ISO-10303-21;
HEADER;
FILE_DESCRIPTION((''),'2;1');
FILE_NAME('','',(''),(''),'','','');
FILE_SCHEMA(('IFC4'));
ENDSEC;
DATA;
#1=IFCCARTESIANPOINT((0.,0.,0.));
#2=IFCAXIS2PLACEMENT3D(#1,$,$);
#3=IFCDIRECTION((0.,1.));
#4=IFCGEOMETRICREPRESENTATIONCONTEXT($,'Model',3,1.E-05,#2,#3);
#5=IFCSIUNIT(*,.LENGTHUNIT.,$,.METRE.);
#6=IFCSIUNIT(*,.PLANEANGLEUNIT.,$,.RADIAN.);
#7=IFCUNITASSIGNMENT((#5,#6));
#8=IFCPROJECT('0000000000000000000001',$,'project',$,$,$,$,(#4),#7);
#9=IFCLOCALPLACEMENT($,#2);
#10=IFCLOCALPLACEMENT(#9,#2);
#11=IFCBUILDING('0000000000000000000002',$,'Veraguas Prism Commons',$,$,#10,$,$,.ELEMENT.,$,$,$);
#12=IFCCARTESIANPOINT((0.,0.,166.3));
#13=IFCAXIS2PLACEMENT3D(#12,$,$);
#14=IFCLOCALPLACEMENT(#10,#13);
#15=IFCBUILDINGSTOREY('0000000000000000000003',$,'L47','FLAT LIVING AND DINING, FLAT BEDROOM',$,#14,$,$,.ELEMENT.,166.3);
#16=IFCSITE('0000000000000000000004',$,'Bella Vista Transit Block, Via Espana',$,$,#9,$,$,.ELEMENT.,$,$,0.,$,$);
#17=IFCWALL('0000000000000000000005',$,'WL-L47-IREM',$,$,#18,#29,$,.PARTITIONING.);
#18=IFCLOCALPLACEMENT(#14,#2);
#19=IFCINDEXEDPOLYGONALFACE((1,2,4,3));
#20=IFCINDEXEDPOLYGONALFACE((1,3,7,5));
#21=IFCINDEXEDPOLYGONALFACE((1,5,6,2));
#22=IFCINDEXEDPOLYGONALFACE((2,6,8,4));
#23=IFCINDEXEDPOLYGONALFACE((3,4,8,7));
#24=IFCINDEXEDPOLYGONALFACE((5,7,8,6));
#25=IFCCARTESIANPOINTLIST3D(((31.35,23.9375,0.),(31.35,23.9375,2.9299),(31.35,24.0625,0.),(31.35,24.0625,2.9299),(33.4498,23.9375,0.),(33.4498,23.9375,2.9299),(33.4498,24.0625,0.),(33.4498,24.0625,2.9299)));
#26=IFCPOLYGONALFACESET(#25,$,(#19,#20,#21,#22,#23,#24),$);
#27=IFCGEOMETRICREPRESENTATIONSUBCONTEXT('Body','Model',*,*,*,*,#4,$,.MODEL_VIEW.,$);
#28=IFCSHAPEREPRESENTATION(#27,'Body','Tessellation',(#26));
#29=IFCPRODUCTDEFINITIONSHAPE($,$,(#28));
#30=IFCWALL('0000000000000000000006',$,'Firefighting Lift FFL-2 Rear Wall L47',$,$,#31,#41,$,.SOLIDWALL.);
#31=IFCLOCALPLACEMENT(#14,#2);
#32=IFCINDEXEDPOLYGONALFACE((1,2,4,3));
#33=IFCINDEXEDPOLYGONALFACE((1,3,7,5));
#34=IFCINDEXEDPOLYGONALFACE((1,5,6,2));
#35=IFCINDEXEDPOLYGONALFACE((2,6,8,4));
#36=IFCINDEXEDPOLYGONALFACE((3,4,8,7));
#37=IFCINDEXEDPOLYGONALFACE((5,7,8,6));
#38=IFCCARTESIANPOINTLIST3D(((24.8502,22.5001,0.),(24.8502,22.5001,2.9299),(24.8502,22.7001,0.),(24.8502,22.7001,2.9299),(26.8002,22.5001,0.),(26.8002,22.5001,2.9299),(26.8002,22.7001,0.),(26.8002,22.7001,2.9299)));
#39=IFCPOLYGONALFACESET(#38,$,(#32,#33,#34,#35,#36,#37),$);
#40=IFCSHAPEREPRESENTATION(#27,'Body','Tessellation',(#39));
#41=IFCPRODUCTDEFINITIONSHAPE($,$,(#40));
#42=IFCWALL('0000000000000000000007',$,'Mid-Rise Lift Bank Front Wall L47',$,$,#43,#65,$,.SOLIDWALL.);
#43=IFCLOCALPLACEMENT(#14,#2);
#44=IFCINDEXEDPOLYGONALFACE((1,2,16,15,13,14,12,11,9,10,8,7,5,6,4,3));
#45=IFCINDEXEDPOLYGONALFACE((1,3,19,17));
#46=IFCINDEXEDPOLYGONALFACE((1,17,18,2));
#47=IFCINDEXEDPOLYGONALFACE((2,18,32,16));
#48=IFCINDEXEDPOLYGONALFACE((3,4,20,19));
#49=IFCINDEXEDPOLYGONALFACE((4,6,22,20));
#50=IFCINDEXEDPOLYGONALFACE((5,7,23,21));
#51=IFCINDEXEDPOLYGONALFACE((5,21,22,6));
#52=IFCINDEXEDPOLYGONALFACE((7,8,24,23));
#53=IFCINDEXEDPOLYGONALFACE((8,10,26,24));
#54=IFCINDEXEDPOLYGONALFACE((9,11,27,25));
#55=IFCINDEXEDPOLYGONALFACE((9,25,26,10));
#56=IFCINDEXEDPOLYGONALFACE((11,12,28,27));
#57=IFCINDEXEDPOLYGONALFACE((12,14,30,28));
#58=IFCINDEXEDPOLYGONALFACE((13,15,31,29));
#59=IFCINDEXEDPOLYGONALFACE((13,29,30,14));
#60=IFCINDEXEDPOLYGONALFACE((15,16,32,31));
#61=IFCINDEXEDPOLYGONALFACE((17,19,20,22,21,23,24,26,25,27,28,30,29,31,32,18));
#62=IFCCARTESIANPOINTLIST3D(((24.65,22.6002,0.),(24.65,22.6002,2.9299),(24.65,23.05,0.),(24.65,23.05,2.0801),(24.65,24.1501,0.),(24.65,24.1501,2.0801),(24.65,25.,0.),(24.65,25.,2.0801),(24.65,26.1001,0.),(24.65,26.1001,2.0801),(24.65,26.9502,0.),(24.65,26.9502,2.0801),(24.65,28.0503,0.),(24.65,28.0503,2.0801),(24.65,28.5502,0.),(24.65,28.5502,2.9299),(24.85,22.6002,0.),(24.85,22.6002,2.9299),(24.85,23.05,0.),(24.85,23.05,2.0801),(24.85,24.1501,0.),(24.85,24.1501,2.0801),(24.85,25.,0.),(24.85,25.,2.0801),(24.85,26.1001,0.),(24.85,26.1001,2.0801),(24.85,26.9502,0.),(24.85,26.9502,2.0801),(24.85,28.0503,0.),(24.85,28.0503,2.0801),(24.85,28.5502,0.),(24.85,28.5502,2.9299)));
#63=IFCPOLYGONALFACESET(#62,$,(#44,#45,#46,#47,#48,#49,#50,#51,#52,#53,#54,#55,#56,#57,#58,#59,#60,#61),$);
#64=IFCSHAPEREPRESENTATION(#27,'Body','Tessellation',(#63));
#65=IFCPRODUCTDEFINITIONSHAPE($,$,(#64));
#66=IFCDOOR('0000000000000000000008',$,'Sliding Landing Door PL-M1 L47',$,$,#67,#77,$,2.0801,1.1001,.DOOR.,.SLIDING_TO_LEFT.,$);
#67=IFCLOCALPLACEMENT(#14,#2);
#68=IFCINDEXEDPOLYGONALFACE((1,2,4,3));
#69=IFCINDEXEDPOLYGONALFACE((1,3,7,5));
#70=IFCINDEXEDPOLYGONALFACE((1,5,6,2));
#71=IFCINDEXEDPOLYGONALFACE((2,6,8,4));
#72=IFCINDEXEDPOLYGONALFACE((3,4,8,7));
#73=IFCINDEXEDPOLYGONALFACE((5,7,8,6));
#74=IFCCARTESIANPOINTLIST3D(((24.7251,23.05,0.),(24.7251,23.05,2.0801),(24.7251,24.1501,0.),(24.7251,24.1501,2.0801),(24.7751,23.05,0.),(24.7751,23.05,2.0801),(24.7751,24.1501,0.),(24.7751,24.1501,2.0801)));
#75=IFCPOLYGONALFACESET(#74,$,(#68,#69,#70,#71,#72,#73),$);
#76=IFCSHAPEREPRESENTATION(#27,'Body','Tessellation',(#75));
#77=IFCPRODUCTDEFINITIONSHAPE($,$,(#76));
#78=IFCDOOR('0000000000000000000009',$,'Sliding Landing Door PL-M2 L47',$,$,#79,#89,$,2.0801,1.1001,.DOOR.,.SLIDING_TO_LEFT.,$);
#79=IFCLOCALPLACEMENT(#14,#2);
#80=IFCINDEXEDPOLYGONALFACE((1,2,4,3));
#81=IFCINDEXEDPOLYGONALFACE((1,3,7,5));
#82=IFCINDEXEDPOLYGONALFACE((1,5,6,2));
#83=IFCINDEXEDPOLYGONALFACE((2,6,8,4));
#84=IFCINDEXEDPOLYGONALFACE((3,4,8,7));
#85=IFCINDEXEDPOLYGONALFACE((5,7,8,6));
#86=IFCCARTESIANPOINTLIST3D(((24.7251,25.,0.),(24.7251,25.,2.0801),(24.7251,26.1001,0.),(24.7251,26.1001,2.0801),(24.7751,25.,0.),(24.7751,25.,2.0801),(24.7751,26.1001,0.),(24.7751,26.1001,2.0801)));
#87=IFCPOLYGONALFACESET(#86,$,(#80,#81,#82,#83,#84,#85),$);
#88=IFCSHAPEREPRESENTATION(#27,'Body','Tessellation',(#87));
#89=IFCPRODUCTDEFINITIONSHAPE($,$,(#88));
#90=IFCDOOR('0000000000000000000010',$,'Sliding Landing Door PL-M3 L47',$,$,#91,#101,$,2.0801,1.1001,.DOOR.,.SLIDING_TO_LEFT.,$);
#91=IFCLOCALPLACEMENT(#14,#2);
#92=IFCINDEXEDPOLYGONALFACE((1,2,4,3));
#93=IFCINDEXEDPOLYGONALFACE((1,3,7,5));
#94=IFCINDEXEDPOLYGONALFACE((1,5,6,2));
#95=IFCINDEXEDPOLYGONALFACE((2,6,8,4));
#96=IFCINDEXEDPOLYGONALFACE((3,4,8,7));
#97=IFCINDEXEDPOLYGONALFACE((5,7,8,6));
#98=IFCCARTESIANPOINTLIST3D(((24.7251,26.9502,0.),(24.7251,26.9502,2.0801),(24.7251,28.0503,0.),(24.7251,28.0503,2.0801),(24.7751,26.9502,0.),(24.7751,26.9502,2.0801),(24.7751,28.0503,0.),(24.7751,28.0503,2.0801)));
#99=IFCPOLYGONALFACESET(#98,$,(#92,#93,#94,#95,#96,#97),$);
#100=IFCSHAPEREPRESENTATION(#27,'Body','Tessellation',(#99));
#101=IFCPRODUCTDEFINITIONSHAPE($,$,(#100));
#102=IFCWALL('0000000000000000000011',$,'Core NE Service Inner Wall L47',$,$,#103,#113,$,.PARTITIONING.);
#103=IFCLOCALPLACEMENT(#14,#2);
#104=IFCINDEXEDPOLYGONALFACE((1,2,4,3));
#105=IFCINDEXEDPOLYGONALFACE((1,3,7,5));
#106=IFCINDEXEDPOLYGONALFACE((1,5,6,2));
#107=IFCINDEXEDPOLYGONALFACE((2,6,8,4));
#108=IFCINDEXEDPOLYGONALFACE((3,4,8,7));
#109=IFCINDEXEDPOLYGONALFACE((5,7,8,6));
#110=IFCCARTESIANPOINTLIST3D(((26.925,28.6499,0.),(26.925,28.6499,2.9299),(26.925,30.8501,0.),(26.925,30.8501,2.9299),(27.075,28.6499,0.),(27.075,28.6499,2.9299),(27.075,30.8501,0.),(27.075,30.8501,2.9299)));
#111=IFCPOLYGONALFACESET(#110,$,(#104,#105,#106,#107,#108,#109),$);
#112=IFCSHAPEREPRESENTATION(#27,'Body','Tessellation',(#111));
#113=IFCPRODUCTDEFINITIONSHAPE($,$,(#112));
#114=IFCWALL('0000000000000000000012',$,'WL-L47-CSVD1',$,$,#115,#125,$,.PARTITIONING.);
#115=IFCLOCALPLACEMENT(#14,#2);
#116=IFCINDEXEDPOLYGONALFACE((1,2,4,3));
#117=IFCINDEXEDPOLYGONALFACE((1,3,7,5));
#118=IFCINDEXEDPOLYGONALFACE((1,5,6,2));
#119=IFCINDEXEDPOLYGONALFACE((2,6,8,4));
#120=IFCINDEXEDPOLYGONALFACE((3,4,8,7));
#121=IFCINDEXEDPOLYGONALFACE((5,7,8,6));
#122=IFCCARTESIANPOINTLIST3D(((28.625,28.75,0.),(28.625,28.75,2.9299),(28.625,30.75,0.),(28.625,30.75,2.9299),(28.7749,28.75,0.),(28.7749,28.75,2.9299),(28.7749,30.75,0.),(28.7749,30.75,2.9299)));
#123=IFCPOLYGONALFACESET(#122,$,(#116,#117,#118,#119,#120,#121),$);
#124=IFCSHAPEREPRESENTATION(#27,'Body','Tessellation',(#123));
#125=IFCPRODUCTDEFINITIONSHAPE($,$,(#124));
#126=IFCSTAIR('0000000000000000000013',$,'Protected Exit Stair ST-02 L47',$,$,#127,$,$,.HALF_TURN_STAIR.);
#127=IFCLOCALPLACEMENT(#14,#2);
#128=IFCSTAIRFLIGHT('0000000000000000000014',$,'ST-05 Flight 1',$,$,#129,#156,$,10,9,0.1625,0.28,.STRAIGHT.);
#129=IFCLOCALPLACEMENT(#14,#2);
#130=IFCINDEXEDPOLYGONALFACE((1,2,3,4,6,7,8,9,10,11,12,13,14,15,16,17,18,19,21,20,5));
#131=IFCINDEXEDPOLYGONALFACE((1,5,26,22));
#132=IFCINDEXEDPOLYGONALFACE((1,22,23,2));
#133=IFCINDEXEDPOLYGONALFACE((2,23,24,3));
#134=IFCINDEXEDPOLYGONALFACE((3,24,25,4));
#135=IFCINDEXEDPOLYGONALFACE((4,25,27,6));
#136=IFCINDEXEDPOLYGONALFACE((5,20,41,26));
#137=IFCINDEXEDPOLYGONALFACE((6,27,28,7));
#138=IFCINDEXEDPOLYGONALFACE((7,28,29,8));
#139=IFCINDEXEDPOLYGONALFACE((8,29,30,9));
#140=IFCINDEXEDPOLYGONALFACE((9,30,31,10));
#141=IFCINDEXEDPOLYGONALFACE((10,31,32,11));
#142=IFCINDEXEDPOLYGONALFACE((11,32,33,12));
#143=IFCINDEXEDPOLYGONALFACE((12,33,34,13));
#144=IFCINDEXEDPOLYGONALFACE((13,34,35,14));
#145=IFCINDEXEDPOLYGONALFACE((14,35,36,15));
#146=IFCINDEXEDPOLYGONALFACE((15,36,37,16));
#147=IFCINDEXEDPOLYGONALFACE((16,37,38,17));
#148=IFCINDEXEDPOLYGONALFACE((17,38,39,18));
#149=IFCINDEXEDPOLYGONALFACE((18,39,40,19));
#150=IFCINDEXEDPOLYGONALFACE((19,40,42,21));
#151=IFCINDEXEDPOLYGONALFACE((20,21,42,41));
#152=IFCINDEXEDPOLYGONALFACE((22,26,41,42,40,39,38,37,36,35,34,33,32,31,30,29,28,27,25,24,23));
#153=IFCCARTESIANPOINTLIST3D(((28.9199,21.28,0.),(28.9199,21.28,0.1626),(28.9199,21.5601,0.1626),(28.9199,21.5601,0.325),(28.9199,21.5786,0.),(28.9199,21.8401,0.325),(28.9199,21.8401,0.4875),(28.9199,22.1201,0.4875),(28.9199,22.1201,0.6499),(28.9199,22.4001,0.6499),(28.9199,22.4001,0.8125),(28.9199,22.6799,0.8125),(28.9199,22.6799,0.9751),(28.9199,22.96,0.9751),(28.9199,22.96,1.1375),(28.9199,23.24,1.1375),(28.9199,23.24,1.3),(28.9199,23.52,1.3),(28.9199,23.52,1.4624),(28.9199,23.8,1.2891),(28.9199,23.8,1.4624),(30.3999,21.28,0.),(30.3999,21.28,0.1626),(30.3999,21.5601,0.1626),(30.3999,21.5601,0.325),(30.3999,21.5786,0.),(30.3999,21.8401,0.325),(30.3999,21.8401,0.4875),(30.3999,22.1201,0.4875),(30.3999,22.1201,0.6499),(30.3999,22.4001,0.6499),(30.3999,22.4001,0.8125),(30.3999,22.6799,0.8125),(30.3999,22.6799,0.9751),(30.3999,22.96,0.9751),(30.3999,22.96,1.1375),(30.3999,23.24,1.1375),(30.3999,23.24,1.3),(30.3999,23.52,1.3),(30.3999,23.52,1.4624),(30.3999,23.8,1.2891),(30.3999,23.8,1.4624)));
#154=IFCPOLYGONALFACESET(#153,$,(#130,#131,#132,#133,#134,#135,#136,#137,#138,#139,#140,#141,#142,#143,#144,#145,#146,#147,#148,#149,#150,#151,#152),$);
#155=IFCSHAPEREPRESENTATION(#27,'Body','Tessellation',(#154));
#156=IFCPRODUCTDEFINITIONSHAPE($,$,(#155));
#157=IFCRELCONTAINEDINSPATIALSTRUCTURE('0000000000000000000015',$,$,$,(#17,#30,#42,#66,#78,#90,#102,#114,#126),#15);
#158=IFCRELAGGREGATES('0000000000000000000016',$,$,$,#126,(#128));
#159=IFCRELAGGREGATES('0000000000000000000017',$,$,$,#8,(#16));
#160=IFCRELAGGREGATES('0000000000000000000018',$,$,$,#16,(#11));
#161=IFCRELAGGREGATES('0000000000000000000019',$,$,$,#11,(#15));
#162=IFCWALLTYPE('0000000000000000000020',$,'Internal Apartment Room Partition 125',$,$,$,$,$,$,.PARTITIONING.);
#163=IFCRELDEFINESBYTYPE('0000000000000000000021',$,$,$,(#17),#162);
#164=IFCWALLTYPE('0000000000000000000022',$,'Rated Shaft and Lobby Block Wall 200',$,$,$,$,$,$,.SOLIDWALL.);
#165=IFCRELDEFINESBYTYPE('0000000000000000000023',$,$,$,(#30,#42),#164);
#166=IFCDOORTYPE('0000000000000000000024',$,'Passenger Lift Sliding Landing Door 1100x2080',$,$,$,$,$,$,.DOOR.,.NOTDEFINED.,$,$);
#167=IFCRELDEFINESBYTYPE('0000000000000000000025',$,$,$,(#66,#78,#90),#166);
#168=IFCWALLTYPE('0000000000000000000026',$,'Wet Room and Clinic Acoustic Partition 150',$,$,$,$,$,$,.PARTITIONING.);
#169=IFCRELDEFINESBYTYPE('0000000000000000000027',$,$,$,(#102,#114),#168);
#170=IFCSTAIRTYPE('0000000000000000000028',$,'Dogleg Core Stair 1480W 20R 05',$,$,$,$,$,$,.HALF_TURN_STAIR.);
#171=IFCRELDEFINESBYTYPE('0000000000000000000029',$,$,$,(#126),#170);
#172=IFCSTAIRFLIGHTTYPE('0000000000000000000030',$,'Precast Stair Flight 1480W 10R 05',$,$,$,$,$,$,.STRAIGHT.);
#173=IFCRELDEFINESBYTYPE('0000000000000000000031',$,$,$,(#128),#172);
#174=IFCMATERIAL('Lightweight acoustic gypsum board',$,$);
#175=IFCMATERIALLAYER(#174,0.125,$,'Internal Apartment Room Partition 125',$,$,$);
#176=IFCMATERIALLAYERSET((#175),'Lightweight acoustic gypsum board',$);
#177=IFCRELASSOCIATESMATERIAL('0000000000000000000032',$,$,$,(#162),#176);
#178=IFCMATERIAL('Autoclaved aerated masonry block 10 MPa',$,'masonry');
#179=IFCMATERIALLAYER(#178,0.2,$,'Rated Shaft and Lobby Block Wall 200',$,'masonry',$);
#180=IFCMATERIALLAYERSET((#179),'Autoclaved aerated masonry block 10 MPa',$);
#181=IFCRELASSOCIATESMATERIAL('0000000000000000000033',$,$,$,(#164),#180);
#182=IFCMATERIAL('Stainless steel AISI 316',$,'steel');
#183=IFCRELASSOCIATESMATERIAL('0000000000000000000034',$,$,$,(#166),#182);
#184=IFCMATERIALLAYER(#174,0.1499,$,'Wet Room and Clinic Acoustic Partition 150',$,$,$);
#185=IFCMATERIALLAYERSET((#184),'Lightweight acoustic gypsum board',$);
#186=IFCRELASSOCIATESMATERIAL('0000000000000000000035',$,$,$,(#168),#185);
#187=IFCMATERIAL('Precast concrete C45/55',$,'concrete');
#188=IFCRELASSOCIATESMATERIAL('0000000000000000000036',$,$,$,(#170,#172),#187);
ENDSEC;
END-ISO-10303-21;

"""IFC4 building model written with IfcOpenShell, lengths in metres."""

from ifc_helpers import new_model, si_unit, direction, frame, frame_2d, origin, place, context, subcontext, project, spatial, polyline, rectangle, outline, extrude, source, transform, mapped, material, layer, layer_set, type_object, element, fill, aggregate, save


model = new_model("IFC4")

# Units and contexts
model_context = context("Model", 3, precision=1e-05, world=origin(), true_north=direction((0.0, 1.0)))
body_context = subcontext(model_context, "Body", "Model", "MODEL_VIEW")
ifc_project = project(units=[si_unit("LENGTHUNIT", "METRE"), si_unit("PLANEANGLEUNIT", "RADIAN")], contexts=[model_context])

# Site, building, storey
site_placement = place(None, origin())
site = spatial("IfcSite", under=ifc_project, at=site_placement, Name="Bella Vista Transit Block, Via Espana", CompositionType="ELEMENT", RefElevation=0.0)
building_placement = place(site_placement, origin())
building = spatial("IfcBuilding", under=site, at=building_placement, Name="Veraguas Prism Commons", CompositionType="ELEMENT")
storey_placement = place(building_placement, frame((0.0, 0.0, 166.3)))
storey = spatial("IfcBuildingStorey", under=building, at=storey_placement, Name="L47", Description="FLAT LIVING AND DINING, FLAT BEDROOM", CompositionType="ELEMENT", Elevation=166.3)

# Shared definitions
ifc_material_1 = material(Name="Autoclaved aerated masonry block 10 MPa", Category="masonry")

# Walls
ifc_material_2 = material(Name="Lightweight acoustic gypsum board")
ifc_layer_1 = layer(ifc_material_2, 0.125, Name="Internal Apartment Room Partition 125")
ifc_layer_set_1 = layer_set([ifc_layer_1], Name="Lightweight acoustic gypsum board")
wall_type_1 = type_object("IfcWallType", Name="Internal Apartment Room Partition 125", PredefinedType="PARTITIONING", material=ifc_layer_set_1)
wall_1_placement = place(storey_placement, frame((31.3501, 24.0, 0.0), z_axis=(0.0, 0.0, 1.0), x_axis=(1.0, 0.0, 0.0)))
element("IfcWall", 1, at=wall_1_placement, inside=storey, type_object=wall_type_1, Name="WL-L47-IREM", PredefinedType="PARTITIONING", context=body_context, shape_type="SweptSolid", body=[
    extrude(rectangle(XDim=2.0999, YDim=0.125, at=frame_2d((1.0498, 0.0))), origin(), (0.0, 0.0, 1.0), 2.9299),
])
ifc_layer_2 = layer(ifc_material_1, 0.2, Name="Rated Shaft and Lobby Block Wall 200", Category="masonry")
ifc_layer_set_2 = layer_set([ifc_layer_2], Name="Autoclaved aerated masonry block 10 MPa")
wall_type_2 = type_object("IfcWallType", Name="Rated Shaft and Lobby Block Wall 200", PredefinedType="SOLIDWALL", material=ifc_layer_set_2)
wall_2_placement = place(storey_placement, frame((24.8501, 22.6001, 0.0), z_axis=(0.0, 0.0, 1.0), x_axis=(1.0, 0.0, 0.0)))
element("IfcWall", 2, at=wall_2_placement, inside=storey, type_object=wall_type_2, Name="Firefighting Lift FFL-2 Rear Wall L47", PredefinedType="SOLIDWALL", context=body_context, shape_type="SweptSolid", body=[
    extrude(rectangle(XDim=1.95, YDim=0.2, at=frame_2d((0.9751, 0.0))), origin(), (0.0, 0.0, 1.0), 2.9299),
])

# Wall, openings, doors
wall_3_placement = place(storey_placement, frame((24.75, 22.6001, 0.0), z_axis=(0.0, 0.0, 1.0), x_axis=(0.0, 1.0, 0.0)))
wall_3 = element("IfcWall", 3, at=wall_3_placement, inside=storey, type_object=wall_type_2, Name="Mid-Rise Lift Bank Front Wall L47", PredefinedType="SOLIDWALL", context=body_context, shape_type="SweptSolid", body=[
    extrude(rectangle(XDim=5.95, YDim=0.2, at=frame_2d((2.9751, 0.0))), origin(), (0.0, 0.0, 1.0), 2.9299),
])
opening_1_placement = place(wall_3_placement, frame((0.45, 0.0, 0.0)))
opening_1 = element("IfcOpeningElement", 4, at=opening_1_placement, cuts=wall_3, PredefinedType="OPENING", context=body_context, shape_type="SweptSolid", body=[
    extrude(rectangle(XDim=1.1001, YDim=2.0801, at=frame_2d((0.55, 1.04))), frame((0.0, 0.1099, 0.0), z_axis=(0.0, -1.0, 0.0), x_axis=(1.0, 0.0, 0.0)), (0.0, 0.0, 1.0), 0.22),
])
opening_2_placement = place(wall_3_placement, frame((2.3999, 0.0, 0.0)))
opening_2 = element("IfcOpeningElement", 5, at=opening_2_placement, cuts=wall_3, PredefinedType="OPENING", context=body_context, shape_type="SweptSolid", body=[
    extrude(rectangle(XDim=1.1001, YDim=2.0801, at=frame_2d((0.55, 1.04))), frame((0.0, 0.1099, 0.0), z_axis=(0.0, -1.0, 0.0), x_axis=(1.0, 0.0, 0.0)), (0.0, 0.0, 1.0), 0.22),
])
opening_3_placement = place(wall_3_placement, frame((4.3501, 0.0, 0.0)))
opening_3 = element("IfcOpeningElement", 6, at=opening_3_placement, cuts=wall_3, PredefinedType="OPENING", context=body_context, shape_type="SweptSolid", body=[
    extrude(rectangle(XDim=1.1001, YDim=2.0801, at=frame_2d((0.55, 1.04))), frame((0.0, 0.1099, 0.0), z_axis=(0.0, -1.0, 0.0), x_axis=(1.0, 0.0, 0.0)), (0.0, 0.0, 1.0), 0.22),
])
ifc_material_3 = material(Name="Stainless steel AISI 316", Category="steel")
door_type_1 = type_object("IfcDoorType", Name="Passenger Lift Sliding Landing Door 1100x2080", OperationType="NOTDEFINED", PredefinedType="DOOR", material=ifc_material_3)
shared_shape_1 = source(origin(), body_context, "Body", "SweptSolid", [
    extrude(rectangle(XDim=1.1001, YDim=2.0801, at=frame_2d((0.55, 1.04))), frame((0.0, 0.0249, 0.0), z_axis=(0.0, -1.0, 0.0), x_axis=(1.0, 0.0, 0.0)), (0.0, 0.0, 1.0), 0.05),
])
door_1_placement = place(opening_1_placement, origin())
door_1 = element("IfcDoor", 7, at=door_1_placement, inside=storey, type_object=door_type_1, Name="Sliding Landing Door PL-M1 L47", OperationType="SLIDING_TO_LEFT", OverallHeight=2.0801, OverallWidth=1.1001, PredefinedType="DOOR", context=body_context, shape_type="MappedRepresentation", body=[
    mapped(shared_shape_1, transform((0.0, 0.0, 0.0), scale=1.0)),
])
fill(opening_1, door_1)
door_2_placement = place(opening_2_placement, origin())
door_2 = element("IfcDoor", 8, at=door_2_placement, inside=storey, type_object=door_type_1, Name="Sliding Landing Door PL-M2 L47", OperationType="SLIDING_TO_LEFT", OverallHeight=2.0801, OverallWidth=1.1001, PredefinedType="DOOR", context=body_context, shape_type="MappedRepresentation", body=[
    mapped(shared_shape_1, transform((0.0, 0.0, 0.0), scale=1.0)),
])
fill(opening_2, door_2)
door_3_placement = place(opening_3_placement, origin())
door_3 = element("IfcDoor", 9, at=door_3_placement, inside=storey, type_object=door_type_1, Name="Sliding Landing Door PL-M3 L47", OperationType="SLIDING_TO_LEFT", OverallHeight=2.0801, OverallWidth=1.1001, PredefinedType="DOOR", context=body_context, shape_type="MappedRepresentation", body=[
    mapped(shared_shape_1, transform((0.0, 0.0, 0.0), scale=1.0)),
])
fill(opening_3, door_3)

# Walls
ifc_layer_3 = layer(ifc_material_2, 0.1499, Name="Wet Room and Clinic Acoustic Partition 150")
ifc_layer_set_3 = layer_set([ifc_layer_3], Name="Lightweight acoustic gypsum board")
wall_type_3 = type_object("IfcWallType", Name="Wet Room and Clinic Acoustic Partition 150", PredefinedType="PARTITIONING", material=ifc_layer_set_3)
wall_4_placement = place(storey_placement, frame((27.0, 28.6499, 0.0), z_axis=(0.0, 0.0, 1.0), x_axis=(0.0, 1.0, 0.0)))
element("IfcWall", 10, at=wall_4_placement, inside=storey, type_object=wall_type_3, Name="Core NE Service Inner Wall L47", PredefinedType="PARTITIONING", context=body_context, shape_type="SweptSolid", body=[
    extrude(rectangle(XDim=2.2002, YDim=0.1499, at=frame_2d((1.1001, 0.0))), origin(), (0.0, 0.0, 1.0), 2.9299),
])
wall_5_placement = place(storey_placement, frame((28.7, 28.75, 0.0), z_axis=(0.0, 0.0, 1.0), x_axis=(0.0, 1.0, 0.0)))
element("IfcWall", 11, at=wall_5_placement, inside=storey, type_object=wall_type_3, Name="WL-L47-CSVD1", PredefinedType="PARTITIONING", context=body_context, shape_type="SweptSolid", body=[
    extrude(rectangle(XDim=2.0, YDim=0.1499, at=frame_2d((1.0, 0.0))), origin(), (0.0, 0.0, 1.0), 2.9299),
])

# Stair, stair flight
ifc_material_4 = material(Name="Precast concrete C45/55", Category="concrete")
stair_type = type_object("IfcStairType", Name="Dogleg Core Stair 1480W 20R 05", PredefinedType="HALF_TURN_STAIR", material=ifc_material_4)
stair_placement = place(storey_placement, origin())
stair = element("IfcStair", 12, at=stair_placement, inside=storey, type_object=stair_type, Name="Protected Exit Stair ST-02 L47", PredefinedType="HALF_TURN_STAIR")
stair_flight_type = type_object("IfcStairFlightType", Name="Precast Stair Flight 1480W 10R 05", PredefinedType="STRAIGHT", material=ifc_material_4)
stair_flight_1_placement = place(storey_placement, frame((29.6599, 21.28, 0.0), z_axis=(0.0, 0.0, 1.0), x_axis=(0.0, 1.0, 0.0)))
stair_flight_1 = element("IfcStairFlight", 13, at=stair_flight_1_placement, type_object=stair_flight_type, Name="ST-05 Flight 1", NumberOfRisers=10, NumberOfTreads=9, PredefinedType="STRAIGHT", RiserHeight=0.1625, TreadLength=0.28, context=body_context, shape_type="SweptSolid", body=[
    extrude(outline(polyline([(0.0, 0.0), (0.0, 0.1626), (0.28, 0.1626), (0.28, 0.325), (0.5601, 0.325), (0.5601, 0.4875), (0.8401, 0.4875), (0.8401, 0.6499), (1.1201, 0.6499), (1.1201, 0.8125), (1.3999, 0.8125), (1.3999, 0.9751), (1.6799, 0.9751), (1.6799, 1.1375), (1.96, 1.1375), (1.96, 1.3), (2.24, 1.3), (2.24, 1.4624), (2.52, 1.4624), (2.52, 1.625), (2.52, 1.2891), (0.2986, 0.0), (0.0, 0.0)])), frame((0.0, 0.74, 0.0), z_axis=(0.0, -1.0, 0.0), x_axis=(1.0, 0.0, 0.0)), (0.0, 0.0, 1.0), 1.48),
])
aggregate(stair, [stair_flight_1])

save(model, "model.ifc")
